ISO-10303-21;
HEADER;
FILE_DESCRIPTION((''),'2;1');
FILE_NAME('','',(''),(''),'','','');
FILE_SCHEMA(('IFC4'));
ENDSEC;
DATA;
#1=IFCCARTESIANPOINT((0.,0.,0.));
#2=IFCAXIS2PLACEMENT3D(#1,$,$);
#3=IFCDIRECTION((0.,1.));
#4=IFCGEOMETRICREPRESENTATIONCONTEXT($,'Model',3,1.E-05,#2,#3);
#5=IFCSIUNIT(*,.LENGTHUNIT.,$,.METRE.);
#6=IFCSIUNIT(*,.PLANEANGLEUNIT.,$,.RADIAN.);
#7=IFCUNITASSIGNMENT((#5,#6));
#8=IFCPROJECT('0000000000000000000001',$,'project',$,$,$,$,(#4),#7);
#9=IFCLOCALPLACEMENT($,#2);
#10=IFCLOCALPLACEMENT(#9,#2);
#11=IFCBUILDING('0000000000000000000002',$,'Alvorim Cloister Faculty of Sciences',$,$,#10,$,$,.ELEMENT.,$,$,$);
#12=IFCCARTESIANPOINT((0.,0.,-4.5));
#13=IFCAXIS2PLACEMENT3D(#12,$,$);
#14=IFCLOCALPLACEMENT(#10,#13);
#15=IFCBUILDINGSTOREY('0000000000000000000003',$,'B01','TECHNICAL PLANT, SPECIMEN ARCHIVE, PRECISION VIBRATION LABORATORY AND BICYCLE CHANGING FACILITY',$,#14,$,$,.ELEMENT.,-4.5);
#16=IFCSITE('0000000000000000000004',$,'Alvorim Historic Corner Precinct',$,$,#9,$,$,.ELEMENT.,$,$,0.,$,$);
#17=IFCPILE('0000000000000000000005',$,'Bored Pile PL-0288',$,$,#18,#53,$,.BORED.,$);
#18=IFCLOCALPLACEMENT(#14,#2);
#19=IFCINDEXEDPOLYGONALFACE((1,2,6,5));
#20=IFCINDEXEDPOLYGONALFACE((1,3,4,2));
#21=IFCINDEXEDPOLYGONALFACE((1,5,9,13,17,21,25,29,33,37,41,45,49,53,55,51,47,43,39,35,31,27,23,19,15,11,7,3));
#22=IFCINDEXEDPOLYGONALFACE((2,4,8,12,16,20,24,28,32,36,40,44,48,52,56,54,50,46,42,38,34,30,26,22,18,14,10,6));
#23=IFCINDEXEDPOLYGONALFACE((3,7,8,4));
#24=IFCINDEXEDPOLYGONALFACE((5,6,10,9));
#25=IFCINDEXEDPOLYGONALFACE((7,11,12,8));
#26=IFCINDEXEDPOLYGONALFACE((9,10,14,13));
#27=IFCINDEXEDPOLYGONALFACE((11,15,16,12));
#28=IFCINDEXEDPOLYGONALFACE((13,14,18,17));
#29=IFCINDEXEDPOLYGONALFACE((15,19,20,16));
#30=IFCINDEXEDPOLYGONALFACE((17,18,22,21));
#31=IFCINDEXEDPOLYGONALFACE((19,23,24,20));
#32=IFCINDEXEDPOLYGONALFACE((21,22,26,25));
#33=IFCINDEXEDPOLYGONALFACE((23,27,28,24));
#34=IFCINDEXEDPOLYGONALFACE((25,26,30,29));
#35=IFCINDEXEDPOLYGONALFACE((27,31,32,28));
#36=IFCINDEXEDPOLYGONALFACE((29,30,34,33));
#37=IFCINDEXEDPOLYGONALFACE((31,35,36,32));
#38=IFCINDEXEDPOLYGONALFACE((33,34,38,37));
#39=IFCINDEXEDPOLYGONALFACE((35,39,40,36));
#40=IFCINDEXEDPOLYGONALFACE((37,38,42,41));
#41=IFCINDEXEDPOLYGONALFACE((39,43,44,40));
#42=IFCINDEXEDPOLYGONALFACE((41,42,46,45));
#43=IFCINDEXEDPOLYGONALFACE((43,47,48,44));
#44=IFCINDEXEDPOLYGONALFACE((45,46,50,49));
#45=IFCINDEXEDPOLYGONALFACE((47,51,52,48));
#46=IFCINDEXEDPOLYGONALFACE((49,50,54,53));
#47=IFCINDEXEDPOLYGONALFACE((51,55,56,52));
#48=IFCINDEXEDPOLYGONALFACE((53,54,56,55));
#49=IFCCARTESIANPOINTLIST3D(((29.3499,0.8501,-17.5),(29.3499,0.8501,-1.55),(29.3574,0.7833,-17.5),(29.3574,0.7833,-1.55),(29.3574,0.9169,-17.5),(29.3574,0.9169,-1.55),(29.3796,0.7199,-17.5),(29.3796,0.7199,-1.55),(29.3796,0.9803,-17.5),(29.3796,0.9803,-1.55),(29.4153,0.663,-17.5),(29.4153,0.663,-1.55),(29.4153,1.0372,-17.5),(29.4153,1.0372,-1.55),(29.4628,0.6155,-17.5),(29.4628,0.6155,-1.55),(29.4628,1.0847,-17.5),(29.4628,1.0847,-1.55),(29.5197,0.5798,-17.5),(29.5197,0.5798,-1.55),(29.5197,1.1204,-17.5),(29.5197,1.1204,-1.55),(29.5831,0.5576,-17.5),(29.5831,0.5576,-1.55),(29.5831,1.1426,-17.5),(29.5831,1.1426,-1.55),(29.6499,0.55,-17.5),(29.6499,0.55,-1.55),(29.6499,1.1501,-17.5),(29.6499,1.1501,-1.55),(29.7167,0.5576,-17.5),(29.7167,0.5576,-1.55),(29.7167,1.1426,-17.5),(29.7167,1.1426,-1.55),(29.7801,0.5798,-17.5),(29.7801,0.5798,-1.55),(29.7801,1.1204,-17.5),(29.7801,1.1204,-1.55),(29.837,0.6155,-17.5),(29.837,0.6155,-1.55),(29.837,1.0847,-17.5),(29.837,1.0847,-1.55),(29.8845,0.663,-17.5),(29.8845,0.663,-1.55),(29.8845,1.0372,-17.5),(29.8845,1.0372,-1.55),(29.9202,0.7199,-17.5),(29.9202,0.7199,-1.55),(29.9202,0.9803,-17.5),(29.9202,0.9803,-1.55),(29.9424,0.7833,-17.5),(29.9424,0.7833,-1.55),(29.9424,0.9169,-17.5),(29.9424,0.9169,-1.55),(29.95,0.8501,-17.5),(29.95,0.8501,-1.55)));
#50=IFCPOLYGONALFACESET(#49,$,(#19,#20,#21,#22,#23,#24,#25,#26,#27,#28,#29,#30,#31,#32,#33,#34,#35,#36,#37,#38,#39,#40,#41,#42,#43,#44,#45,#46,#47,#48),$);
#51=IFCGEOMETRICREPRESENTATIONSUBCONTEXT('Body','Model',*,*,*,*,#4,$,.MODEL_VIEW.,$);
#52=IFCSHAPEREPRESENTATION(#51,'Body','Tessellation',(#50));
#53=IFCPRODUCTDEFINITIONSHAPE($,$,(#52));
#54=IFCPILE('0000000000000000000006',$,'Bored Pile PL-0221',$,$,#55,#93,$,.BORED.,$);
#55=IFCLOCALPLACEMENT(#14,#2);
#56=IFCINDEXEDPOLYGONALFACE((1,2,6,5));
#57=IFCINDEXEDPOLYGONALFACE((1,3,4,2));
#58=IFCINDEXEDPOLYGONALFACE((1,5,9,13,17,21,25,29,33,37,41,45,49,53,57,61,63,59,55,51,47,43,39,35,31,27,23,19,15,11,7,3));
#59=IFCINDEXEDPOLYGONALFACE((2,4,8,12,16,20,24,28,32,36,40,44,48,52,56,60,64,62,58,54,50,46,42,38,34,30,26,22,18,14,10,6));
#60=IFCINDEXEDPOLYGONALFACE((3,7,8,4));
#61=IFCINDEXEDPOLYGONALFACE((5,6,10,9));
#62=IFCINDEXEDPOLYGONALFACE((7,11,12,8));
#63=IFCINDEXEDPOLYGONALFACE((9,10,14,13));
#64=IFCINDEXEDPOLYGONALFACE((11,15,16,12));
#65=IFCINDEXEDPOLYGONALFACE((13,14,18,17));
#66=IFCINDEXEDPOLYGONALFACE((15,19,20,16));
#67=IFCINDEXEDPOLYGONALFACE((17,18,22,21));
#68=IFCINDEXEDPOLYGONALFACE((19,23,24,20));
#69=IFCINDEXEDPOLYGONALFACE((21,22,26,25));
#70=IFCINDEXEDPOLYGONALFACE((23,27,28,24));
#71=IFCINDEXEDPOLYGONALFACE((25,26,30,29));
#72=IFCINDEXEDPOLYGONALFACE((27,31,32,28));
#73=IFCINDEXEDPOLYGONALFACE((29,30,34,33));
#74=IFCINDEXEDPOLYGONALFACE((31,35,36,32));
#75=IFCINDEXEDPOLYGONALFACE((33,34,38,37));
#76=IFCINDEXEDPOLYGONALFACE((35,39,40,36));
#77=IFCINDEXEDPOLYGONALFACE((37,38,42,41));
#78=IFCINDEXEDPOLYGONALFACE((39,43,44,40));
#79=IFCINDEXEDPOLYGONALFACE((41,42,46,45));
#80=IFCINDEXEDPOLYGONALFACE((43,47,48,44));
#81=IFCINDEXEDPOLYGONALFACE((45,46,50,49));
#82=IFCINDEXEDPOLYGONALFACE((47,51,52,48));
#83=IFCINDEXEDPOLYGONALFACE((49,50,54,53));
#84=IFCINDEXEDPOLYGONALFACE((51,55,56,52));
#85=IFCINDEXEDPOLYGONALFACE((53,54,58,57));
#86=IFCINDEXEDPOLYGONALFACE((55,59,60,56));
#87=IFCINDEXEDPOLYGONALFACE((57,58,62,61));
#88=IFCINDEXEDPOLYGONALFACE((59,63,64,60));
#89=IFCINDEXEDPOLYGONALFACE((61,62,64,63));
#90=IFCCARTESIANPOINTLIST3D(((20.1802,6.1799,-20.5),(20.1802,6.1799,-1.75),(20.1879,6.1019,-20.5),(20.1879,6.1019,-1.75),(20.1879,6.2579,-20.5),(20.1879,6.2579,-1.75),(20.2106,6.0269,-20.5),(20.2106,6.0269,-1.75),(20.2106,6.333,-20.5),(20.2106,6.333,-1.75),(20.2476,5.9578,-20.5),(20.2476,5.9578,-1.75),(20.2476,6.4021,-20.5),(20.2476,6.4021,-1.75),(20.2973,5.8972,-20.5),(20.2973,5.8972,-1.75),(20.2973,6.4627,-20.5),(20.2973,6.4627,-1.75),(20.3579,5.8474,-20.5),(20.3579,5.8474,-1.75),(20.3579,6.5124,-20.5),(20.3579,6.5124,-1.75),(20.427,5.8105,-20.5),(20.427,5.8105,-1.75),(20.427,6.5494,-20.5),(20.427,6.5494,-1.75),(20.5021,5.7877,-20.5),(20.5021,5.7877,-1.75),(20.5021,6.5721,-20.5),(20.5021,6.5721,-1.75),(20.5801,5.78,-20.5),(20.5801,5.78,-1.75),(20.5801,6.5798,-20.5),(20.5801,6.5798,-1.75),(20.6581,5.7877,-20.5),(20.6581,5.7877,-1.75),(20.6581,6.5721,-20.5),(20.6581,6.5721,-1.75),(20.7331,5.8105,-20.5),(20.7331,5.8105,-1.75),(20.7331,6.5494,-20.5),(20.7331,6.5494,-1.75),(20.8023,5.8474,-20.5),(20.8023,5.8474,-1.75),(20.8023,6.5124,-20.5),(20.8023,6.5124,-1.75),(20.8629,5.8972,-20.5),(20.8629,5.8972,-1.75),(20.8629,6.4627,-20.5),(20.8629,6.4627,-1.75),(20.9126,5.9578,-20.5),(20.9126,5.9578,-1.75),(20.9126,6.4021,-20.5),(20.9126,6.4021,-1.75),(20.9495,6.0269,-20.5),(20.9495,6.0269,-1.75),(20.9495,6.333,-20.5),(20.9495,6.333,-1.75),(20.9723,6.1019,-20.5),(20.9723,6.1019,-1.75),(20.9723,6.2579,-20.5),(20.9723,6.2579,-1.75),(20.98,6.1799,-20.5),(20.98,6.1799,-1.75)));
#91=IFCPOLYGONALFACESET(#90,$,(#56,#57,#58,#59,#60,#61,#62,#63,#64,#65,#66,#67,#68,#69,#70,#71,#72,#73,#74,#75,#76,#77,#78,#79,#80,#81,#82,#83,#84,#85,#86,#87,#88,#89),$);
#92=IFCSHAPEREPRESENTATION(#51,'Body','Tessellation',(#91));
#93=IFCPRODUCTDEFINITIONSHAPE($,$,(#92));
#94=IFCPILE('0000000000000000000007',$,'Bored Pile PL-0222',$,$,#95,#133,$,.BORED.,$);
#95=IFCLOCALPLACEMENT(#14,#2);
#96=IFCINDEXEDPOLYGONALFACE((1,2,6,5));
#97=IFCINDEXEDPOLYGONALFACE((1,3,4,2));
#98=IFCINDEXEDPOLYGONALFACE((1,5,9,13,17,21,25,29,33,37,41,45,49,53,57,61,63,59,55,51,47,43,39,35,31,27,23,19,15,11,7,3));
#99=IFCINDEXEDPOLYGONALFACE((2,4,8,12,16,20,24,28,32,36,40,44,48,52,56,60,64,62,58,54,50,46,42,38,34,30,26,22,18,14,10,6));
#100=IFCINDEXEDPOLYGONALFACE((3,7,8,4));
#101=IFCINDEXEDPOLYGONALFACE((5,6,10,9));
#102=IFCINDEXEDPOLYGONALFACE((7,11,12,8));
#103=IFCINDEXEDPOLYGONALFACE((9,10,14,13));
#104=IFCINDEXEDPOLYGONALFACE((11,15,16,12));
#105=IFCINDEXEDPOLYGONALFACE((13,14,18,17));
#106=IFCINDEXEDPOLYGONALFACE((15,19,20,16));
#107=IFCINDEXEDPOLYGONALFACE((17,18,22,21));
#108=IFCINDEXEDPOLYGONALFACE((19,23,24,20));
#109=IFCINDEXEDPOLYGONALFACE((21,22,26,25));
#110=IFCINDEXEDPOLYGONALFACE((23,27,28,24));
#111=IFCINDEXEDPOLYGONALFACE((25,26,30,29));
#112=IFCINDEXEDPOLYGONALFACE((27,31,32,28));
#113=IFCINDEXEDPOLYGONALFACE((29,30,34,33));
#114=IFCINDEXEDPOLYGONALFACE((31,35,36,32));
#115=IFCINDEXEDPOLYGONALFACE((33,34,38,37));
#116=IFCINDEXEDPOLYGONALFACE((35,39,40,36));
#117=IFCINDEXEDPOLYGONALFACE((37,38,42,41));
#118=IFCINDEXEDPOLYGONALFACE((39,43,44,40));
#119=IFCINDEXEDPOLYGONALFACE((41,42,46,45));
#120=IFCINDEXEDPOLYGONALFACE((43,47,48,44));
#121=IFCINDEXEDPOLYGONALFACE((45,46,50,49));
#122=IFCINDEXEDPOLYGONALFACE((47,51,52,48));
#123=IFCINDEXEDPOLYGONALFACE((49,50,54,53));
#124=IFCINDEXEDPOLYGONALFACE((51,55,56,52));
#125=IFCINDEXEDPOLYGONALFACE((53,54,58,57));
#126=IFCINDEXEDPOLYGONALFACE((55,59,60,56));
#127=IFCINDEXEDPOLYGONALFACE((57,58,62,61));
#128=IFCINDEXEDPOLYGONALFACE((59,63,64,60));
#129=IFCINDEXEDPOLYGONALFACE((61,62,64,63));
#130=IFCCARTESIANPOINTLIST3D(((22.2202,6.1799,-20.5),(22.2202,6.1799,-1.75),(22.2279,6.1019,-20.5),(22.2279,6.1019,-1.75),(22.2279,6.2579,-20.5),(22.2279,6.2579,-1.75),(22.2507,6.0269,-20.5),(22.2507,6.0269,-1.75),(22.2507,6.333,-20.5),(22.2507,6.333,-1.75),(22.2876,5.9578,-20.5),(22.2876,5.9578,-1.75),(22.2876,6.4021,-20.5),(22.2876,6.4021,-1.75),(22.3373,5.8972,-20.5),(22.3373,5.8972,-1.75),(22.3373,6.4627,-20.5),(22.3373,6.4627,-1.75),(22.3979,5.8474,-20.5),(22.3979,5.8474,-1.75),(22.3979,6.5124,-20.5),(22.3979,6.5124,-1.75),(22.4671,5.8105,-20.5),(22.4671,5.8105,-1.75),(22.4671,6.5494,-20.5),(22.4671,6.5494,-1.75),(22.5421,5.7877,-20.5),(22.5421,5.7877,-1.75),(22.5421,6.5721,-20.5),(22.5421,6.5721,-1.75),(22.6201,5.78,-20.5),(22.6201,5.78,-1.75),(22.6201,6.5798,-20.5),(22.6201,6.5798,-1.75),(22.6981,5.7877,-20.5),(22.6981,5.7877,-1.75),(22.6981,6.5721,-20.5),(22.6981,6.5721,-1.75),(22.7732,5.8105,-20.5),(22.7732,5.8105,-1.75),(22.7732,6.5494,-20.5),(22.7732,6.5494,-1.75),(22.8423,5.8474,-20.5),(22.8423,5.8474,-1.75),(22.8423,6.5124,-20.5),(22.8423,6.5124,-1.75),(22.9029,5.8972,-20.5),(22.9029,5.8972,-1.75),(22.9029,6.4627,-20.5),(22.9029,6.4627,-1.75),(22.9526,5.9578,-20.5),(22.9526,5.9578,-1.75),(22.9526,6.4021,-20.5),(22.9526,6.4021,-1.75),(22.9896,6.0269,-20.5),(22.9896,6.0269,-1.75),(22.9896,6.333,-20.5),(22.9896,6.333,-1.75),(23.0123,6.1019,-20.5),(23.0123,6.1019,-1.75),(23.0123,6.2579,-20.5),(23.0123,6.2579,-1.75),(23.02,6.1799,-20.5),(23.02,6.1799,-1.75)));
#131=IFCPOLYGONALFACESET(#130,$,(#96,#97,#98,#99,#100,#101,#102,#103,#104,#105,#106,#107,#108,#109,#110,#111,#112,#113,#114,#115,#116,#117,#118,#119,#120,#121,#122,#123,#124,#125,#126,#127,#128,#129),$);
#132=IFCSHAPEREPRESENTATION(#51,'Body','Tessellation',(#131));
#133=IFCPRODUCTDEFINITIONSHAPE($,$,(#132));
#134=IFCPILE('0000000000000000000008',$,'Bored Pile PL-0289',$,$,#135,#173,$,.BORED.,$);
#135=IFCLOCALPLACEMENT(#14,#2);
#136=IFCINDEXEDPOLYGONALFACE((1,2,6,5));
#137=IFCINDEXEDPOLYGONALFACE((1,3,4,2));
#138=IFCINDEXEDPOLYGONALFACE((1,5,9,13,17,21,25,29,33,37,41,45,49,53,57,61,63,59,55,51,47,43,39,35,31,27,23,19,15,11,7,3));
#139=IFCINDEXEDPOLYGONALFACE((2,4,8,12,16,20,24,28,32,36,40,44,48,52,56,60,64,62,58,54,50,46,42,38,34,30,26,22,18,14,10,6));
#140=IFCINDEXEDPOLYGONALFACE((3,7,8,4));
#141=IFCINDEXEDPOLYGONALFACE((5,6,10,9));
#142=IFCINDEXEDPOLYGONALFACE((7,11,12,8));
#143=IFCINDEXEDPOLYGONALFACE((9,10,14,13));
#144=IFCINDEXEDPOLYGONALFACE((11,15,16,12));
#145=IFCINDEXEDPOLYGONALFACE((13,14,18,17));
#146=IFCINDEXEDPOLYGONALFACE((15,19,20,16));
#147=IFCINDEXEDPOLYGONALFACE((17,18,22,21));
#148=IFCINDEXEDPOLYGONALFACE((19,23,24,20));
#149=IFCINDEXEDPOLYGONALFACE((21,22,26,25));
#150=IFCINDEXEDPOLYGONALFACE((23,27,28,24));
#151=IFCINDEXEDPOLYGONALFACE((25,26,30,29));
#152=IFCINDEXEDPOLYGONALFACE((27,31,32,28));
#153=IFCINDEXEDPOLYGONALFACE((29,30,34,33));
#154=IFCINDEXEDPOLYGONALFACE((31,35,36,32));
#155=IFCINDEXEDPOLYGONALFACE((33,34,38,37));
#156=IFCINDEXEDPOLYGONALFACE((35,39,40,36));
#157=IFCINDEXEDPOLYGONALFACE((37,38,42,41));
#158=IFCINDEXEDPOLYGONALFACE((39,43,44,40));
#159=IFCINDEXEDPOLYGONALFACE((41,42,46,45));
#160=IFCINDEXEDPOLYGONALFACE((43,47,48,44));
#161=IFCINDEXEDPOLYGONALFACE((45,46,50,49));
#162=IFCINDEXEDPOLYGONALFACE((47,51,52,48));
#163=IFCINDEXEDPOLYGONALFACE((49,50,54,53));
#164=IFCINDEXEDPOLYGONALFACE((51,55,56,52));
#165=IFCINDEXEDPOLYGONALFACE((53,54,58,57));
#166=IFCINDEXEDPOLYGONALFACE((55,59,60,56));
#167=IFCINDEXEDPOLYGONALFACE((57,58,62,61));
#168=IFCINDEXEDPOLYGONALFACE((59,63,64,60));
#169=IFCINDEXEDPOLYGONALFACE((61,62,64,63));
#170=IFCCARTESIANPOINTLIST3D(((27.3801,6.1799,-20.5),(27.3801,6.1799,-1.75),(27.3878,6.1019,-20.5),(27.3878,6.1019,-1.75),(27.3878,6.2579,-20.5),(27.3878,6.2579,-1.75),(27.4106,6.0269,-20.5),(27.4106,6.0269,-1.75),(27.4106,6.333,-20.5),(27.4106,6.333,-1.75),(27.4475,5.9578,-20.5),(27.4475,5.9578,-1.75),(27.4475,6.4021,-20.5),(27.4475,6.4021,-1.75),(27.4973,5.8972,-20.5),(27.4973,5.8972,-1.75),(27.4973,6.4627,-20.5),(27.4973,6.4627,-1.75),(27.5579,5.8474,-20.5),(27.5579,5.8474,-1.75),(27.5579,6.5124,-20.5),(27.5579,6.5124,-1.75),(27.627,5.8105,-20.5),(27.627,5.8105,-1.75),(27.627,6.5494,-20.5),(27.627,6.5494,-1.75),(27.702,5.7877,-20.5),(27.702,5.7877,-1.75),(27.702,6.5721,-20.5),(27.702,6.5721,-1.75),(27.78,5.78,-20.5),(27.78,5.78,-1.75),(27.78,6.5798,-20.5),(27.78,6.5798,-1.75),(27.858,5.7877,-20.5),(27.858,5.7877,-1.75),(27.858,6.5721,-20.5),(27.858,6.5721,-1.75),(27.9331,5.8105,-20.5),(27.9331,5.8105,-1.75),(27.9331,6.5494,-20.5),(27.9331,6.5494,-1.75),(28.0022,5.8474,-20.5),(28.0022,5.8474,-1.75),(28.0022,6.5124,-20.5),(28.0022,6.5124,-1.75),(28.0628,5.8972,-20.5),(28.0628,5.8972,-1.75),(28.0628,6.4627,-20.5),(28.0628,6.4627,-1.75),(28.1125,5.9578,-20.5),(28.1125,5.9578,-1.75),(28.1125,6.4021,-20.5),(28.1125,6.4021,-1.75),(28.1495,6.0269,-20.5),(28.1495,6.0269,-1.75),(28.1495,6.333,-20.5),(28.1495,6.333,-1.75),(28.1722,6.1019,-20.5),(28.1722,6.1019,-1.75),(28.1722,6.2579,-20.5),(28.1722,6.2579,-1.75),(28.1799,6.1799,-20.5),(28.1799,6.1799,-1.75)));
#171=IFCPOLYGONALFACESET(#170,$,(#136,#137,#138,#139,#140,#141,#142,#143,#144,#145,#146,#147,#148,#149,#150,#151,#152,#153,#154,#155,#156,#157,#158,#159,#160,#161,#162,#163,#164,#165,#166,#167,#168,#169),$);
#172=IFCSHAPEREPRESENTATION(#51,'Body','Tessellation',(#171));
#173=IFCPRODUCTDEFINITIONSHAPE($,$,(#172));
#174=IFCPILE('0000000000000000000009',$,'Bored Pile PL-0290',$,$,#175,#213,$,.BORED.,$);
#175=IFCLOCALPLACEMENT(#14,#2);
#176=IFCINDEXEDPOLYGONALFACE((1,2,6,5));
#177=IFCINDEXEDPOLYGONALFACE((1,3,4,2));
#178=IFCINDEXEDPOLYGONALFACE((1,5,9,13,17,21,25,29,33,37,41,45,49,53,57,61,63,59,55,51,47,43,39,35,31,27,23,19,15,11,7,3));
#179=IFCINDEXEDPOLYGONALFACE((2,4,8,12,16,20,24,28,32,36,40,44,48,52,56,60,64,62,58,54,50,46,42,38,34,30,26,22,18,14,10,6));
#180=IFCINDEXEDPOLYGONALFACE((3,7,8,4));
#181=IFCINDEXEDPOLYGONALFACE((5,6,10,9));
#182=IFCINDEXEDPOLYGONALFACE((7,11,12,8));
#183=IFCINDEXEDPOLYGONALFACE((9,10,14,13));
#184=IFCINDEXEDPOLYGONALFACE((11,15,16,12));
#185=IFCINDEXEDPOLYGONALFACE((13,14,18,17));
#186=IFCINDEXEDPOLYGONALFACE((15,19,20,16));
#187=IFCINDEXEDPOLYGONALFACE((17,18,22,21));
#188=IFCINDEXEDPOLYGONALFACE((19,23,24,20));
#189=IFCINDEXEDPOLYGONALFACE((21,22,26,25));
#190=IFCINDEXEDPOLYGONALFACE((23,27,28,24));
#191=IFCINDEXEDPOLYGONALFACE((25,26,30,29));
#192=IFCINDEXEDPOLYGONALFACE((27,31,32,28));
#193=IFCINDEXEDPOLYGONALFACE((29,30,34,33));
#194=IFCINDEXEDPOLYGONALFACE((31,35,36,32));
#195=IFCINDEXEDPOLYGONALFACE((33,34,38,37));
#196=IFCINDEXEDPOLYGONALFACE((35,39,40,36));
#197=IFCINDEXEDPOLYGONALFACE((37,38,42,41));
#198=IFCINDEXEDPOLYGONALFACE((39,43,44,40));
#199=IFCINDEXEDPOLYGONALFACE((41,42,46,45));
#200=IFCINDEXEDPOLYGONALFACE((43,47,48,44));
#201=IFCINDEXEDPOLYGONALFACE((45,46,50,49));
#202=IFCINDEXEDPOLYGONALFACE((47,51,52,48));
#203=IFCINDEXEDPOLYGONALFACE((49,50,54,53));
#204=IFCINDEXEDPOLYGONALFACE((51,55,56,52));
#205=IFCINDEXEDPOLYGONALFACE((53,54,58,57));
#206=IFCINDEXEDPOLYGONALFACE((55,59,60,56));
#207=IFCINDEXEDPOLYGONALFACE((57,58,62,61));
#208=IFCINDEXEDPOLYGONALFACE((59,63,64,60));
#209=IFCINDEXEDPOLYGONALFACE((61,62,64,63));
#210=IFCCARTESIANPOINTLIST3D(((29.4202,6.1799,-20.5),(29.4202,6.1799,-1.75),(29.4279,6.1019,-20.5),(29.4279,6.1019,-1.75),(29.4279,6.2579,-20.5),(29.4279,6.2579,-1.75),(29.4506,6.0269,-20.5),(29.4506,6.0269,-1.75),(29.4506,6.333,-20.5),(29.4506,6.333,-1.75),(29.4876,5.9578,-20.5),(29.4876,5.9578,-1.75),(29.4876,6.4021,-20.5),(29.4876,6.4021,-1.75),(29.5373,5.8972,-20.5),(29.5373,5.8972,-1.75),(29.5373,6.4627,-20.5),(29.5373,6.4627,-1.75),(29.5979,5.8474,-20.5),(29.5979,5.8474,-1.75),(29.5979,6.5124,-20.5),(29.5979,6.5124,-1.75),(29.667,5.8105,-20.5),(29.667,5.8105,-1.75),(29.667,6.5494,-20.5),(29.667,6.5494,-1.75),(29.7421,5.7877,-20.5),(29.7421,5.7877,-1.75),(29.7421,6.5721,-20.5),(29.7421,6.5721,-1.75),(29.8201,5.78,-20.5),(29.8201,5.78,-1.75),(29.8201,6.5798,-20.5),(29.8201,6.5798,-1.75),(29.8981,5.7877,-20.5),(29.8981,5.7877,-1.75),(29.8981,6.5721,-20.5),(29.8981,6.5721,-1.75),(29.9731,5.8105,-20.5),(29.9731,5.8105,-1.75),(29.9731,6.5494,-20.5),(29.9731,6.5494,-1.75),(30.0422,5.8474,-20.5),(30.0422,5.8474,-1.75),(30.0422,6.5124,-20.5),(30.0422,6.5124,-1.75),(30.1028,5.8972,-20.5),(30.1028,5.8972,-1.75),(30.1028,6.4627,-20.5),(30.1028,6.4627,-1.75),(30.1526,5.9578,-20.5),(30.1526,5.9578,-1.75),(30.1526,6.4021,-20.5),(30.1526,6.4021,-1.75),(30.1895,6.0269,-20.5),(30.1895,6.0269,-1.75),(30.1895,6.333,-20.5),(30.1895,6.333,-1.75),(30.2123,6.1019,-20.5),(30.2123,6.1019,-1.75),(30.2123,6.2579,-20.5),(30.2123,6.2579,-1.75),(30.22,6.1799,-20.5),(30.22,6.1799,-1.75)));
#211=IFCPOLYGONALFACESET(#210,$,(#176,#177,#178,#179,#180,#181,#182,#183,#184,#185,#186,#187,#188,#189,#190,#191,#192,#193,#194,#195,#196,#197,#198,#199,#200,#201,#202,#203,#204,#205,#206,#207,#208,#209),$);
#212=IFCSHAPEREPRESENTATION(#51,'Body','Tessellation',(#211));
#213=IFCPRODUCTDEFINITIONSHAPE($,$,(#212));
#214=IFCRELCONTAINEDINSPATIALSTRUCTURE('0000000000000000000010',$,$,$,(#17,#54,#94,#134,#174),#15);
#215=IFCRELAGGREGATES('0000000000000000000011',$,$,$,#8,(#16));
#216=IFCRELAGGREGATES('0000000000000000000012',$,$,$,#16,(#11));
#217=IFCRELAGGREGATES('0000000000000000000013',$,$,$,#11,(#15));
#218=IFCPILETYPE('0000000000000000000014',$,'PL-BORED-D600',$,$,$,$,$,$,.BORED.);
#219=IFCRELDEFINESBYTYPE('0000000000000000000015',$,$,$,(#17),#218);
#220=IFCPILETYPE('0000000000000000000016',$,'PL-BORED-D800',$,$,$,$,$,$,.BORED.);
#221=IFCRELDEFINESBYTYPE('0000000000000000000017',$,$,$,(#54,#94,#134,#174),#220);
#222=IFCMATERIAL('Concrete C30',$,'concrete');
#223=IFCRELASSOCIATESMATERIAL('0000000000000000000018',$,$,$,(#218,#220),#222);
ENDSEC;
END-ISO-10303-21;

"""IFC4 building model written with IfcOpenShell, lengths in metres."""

from ifc_helpers import new_model, si_unit, direction, frame, origin, origin_2d, place, context, subcontext, project, spatial, circle, extrude, material, material_profile, profile_set, type_object, element, save


model = new_model("IFC4")

# Units and contexts
model_context = context("Model", 3, precision=1e-05, world=origin(), true_north=direction((0.0, 1.0)))
body_context = subcontext(model_context, "Body", "Model", "MODEL_VIEW")
ifc_project = project(units=[si_unit("LENGTHUNIT", "METRE"), si_unit("PLANEANGLEUNIT", "RADIAN")], contexts=[model_context])

# Site, building, storey
site_placement = place(None, origin())
site = spatial("IfcSite", under=ifc_project, at=site_placement, Name="Alvorim Historic Corner Precinct", CompositionType="ELEMENT", RefElevation=0.0)
building_placement = place(site_placement, origin())
building = spatial("IfcBuilding", under=site, at=building_placement, Name="Alvorim Cloister Faculty of Sciences", CompositionType="ELEMENT")
storey_placement = place(building_placement, frame((0.0, 0.0, -4.5)))
storey = spatial("IfcBuildingStorey", under=building, at=storey_placement, Name="B01", Description="TECHNICAL PLANT, SPECIMEN ARCHIVE, PRECISION VIBRATION LABORATORY AND BICYCLE CHANGING FACILITY", CompositionType="ELEMENT", Elevation=-4.5)

# Piles
ifc_material_1 = material(Name="Concrete C30", Category="concrete")
ifc_material_profile_1 = material_profile(ifc_material_1, circle(Radius=0.3, at=origin_2d()), Name="PILE-D600")
ifc_profile_set_1 = profile_set([ifc_material_profile_1], Name="Concrete C30")
pile_type_1 = type_object("IfcPileType", Name="PL-BORED-D600", PredefinedType="BORED", material=ifc_profile_set_1)
for number, where, z_axis, x_axis, name in (
    (1, (29.6499, 0.8501, -1.55), (0.0, 0.0, -1.0), (1.0, 0.0, 0.0), "Bored Pile PL-0288"),
):
    element("IfcPile", number, at=place(storey_placement, frame(where, z_axis=z_axis, x_axis=x_axis)), inside=storey, type_object=pile_type_1, Name=name, PredefinedType="BORED", context=body_context, shape_type="SweptSolid", body=[
        extrude(circle(Radius=0.3, at=origin_2d()), origin(), (0.0, 0.0, 1.0), 15.95),
    ])
ifc_material_profile_2 = material_profile(ifc_material_1, circle(Radius=0.3999, at=origin_2d()), Name="PILE-D800")
ifc_profile_set_2 = profile_set([ifc_material_profile_2], Name="Concrete C30")
pile_type_2 = type_object("IfcPileType", Name="PL-BORED-D800", PredefinedType="BORED", material=ifc_profile_set_2)
for number, where, z_axis, x_axis, name in (
    (2, (20.5801, 6.1799, -1.75), (0.0, 0.0, -1.0), (1.0, 0.0, 0.0), "Bored Pile PL-0221"),
    (3, (22.6201, 6.1799, -1.75), (0.0, 0.0, -1.0), (1.0, 0.0, 0.0), "Bored Pile PL-0222"),
    (4, (27.78, 6.1799, -1.75), (0.0, 0.0, -1.0), (1.0, 0.0, 0.0), "Bored Pile PL-0289"),
    (5, (29.8201, 6.1799, -1.75), (0.0, 0.0, -1.0), (1.0, 0.0, 0.0), "Bored Pile PL-0290"),
):
    element("IfcPile", number, at=place(storey_placement, frame(where, z_axis=z_axis, x_axis=x_axis)), inside=storey, type_object=pile_type_2, Name=name, PredefinedType="BORED", context=body_context, shape_type="SweptSolid", body=[
        extrude(circle(Radius=0.3999, at=origin_2d()), origin(), (0.0, 0.0, 1.0), 18.75),
    ])

save(model, "model.ifc")
